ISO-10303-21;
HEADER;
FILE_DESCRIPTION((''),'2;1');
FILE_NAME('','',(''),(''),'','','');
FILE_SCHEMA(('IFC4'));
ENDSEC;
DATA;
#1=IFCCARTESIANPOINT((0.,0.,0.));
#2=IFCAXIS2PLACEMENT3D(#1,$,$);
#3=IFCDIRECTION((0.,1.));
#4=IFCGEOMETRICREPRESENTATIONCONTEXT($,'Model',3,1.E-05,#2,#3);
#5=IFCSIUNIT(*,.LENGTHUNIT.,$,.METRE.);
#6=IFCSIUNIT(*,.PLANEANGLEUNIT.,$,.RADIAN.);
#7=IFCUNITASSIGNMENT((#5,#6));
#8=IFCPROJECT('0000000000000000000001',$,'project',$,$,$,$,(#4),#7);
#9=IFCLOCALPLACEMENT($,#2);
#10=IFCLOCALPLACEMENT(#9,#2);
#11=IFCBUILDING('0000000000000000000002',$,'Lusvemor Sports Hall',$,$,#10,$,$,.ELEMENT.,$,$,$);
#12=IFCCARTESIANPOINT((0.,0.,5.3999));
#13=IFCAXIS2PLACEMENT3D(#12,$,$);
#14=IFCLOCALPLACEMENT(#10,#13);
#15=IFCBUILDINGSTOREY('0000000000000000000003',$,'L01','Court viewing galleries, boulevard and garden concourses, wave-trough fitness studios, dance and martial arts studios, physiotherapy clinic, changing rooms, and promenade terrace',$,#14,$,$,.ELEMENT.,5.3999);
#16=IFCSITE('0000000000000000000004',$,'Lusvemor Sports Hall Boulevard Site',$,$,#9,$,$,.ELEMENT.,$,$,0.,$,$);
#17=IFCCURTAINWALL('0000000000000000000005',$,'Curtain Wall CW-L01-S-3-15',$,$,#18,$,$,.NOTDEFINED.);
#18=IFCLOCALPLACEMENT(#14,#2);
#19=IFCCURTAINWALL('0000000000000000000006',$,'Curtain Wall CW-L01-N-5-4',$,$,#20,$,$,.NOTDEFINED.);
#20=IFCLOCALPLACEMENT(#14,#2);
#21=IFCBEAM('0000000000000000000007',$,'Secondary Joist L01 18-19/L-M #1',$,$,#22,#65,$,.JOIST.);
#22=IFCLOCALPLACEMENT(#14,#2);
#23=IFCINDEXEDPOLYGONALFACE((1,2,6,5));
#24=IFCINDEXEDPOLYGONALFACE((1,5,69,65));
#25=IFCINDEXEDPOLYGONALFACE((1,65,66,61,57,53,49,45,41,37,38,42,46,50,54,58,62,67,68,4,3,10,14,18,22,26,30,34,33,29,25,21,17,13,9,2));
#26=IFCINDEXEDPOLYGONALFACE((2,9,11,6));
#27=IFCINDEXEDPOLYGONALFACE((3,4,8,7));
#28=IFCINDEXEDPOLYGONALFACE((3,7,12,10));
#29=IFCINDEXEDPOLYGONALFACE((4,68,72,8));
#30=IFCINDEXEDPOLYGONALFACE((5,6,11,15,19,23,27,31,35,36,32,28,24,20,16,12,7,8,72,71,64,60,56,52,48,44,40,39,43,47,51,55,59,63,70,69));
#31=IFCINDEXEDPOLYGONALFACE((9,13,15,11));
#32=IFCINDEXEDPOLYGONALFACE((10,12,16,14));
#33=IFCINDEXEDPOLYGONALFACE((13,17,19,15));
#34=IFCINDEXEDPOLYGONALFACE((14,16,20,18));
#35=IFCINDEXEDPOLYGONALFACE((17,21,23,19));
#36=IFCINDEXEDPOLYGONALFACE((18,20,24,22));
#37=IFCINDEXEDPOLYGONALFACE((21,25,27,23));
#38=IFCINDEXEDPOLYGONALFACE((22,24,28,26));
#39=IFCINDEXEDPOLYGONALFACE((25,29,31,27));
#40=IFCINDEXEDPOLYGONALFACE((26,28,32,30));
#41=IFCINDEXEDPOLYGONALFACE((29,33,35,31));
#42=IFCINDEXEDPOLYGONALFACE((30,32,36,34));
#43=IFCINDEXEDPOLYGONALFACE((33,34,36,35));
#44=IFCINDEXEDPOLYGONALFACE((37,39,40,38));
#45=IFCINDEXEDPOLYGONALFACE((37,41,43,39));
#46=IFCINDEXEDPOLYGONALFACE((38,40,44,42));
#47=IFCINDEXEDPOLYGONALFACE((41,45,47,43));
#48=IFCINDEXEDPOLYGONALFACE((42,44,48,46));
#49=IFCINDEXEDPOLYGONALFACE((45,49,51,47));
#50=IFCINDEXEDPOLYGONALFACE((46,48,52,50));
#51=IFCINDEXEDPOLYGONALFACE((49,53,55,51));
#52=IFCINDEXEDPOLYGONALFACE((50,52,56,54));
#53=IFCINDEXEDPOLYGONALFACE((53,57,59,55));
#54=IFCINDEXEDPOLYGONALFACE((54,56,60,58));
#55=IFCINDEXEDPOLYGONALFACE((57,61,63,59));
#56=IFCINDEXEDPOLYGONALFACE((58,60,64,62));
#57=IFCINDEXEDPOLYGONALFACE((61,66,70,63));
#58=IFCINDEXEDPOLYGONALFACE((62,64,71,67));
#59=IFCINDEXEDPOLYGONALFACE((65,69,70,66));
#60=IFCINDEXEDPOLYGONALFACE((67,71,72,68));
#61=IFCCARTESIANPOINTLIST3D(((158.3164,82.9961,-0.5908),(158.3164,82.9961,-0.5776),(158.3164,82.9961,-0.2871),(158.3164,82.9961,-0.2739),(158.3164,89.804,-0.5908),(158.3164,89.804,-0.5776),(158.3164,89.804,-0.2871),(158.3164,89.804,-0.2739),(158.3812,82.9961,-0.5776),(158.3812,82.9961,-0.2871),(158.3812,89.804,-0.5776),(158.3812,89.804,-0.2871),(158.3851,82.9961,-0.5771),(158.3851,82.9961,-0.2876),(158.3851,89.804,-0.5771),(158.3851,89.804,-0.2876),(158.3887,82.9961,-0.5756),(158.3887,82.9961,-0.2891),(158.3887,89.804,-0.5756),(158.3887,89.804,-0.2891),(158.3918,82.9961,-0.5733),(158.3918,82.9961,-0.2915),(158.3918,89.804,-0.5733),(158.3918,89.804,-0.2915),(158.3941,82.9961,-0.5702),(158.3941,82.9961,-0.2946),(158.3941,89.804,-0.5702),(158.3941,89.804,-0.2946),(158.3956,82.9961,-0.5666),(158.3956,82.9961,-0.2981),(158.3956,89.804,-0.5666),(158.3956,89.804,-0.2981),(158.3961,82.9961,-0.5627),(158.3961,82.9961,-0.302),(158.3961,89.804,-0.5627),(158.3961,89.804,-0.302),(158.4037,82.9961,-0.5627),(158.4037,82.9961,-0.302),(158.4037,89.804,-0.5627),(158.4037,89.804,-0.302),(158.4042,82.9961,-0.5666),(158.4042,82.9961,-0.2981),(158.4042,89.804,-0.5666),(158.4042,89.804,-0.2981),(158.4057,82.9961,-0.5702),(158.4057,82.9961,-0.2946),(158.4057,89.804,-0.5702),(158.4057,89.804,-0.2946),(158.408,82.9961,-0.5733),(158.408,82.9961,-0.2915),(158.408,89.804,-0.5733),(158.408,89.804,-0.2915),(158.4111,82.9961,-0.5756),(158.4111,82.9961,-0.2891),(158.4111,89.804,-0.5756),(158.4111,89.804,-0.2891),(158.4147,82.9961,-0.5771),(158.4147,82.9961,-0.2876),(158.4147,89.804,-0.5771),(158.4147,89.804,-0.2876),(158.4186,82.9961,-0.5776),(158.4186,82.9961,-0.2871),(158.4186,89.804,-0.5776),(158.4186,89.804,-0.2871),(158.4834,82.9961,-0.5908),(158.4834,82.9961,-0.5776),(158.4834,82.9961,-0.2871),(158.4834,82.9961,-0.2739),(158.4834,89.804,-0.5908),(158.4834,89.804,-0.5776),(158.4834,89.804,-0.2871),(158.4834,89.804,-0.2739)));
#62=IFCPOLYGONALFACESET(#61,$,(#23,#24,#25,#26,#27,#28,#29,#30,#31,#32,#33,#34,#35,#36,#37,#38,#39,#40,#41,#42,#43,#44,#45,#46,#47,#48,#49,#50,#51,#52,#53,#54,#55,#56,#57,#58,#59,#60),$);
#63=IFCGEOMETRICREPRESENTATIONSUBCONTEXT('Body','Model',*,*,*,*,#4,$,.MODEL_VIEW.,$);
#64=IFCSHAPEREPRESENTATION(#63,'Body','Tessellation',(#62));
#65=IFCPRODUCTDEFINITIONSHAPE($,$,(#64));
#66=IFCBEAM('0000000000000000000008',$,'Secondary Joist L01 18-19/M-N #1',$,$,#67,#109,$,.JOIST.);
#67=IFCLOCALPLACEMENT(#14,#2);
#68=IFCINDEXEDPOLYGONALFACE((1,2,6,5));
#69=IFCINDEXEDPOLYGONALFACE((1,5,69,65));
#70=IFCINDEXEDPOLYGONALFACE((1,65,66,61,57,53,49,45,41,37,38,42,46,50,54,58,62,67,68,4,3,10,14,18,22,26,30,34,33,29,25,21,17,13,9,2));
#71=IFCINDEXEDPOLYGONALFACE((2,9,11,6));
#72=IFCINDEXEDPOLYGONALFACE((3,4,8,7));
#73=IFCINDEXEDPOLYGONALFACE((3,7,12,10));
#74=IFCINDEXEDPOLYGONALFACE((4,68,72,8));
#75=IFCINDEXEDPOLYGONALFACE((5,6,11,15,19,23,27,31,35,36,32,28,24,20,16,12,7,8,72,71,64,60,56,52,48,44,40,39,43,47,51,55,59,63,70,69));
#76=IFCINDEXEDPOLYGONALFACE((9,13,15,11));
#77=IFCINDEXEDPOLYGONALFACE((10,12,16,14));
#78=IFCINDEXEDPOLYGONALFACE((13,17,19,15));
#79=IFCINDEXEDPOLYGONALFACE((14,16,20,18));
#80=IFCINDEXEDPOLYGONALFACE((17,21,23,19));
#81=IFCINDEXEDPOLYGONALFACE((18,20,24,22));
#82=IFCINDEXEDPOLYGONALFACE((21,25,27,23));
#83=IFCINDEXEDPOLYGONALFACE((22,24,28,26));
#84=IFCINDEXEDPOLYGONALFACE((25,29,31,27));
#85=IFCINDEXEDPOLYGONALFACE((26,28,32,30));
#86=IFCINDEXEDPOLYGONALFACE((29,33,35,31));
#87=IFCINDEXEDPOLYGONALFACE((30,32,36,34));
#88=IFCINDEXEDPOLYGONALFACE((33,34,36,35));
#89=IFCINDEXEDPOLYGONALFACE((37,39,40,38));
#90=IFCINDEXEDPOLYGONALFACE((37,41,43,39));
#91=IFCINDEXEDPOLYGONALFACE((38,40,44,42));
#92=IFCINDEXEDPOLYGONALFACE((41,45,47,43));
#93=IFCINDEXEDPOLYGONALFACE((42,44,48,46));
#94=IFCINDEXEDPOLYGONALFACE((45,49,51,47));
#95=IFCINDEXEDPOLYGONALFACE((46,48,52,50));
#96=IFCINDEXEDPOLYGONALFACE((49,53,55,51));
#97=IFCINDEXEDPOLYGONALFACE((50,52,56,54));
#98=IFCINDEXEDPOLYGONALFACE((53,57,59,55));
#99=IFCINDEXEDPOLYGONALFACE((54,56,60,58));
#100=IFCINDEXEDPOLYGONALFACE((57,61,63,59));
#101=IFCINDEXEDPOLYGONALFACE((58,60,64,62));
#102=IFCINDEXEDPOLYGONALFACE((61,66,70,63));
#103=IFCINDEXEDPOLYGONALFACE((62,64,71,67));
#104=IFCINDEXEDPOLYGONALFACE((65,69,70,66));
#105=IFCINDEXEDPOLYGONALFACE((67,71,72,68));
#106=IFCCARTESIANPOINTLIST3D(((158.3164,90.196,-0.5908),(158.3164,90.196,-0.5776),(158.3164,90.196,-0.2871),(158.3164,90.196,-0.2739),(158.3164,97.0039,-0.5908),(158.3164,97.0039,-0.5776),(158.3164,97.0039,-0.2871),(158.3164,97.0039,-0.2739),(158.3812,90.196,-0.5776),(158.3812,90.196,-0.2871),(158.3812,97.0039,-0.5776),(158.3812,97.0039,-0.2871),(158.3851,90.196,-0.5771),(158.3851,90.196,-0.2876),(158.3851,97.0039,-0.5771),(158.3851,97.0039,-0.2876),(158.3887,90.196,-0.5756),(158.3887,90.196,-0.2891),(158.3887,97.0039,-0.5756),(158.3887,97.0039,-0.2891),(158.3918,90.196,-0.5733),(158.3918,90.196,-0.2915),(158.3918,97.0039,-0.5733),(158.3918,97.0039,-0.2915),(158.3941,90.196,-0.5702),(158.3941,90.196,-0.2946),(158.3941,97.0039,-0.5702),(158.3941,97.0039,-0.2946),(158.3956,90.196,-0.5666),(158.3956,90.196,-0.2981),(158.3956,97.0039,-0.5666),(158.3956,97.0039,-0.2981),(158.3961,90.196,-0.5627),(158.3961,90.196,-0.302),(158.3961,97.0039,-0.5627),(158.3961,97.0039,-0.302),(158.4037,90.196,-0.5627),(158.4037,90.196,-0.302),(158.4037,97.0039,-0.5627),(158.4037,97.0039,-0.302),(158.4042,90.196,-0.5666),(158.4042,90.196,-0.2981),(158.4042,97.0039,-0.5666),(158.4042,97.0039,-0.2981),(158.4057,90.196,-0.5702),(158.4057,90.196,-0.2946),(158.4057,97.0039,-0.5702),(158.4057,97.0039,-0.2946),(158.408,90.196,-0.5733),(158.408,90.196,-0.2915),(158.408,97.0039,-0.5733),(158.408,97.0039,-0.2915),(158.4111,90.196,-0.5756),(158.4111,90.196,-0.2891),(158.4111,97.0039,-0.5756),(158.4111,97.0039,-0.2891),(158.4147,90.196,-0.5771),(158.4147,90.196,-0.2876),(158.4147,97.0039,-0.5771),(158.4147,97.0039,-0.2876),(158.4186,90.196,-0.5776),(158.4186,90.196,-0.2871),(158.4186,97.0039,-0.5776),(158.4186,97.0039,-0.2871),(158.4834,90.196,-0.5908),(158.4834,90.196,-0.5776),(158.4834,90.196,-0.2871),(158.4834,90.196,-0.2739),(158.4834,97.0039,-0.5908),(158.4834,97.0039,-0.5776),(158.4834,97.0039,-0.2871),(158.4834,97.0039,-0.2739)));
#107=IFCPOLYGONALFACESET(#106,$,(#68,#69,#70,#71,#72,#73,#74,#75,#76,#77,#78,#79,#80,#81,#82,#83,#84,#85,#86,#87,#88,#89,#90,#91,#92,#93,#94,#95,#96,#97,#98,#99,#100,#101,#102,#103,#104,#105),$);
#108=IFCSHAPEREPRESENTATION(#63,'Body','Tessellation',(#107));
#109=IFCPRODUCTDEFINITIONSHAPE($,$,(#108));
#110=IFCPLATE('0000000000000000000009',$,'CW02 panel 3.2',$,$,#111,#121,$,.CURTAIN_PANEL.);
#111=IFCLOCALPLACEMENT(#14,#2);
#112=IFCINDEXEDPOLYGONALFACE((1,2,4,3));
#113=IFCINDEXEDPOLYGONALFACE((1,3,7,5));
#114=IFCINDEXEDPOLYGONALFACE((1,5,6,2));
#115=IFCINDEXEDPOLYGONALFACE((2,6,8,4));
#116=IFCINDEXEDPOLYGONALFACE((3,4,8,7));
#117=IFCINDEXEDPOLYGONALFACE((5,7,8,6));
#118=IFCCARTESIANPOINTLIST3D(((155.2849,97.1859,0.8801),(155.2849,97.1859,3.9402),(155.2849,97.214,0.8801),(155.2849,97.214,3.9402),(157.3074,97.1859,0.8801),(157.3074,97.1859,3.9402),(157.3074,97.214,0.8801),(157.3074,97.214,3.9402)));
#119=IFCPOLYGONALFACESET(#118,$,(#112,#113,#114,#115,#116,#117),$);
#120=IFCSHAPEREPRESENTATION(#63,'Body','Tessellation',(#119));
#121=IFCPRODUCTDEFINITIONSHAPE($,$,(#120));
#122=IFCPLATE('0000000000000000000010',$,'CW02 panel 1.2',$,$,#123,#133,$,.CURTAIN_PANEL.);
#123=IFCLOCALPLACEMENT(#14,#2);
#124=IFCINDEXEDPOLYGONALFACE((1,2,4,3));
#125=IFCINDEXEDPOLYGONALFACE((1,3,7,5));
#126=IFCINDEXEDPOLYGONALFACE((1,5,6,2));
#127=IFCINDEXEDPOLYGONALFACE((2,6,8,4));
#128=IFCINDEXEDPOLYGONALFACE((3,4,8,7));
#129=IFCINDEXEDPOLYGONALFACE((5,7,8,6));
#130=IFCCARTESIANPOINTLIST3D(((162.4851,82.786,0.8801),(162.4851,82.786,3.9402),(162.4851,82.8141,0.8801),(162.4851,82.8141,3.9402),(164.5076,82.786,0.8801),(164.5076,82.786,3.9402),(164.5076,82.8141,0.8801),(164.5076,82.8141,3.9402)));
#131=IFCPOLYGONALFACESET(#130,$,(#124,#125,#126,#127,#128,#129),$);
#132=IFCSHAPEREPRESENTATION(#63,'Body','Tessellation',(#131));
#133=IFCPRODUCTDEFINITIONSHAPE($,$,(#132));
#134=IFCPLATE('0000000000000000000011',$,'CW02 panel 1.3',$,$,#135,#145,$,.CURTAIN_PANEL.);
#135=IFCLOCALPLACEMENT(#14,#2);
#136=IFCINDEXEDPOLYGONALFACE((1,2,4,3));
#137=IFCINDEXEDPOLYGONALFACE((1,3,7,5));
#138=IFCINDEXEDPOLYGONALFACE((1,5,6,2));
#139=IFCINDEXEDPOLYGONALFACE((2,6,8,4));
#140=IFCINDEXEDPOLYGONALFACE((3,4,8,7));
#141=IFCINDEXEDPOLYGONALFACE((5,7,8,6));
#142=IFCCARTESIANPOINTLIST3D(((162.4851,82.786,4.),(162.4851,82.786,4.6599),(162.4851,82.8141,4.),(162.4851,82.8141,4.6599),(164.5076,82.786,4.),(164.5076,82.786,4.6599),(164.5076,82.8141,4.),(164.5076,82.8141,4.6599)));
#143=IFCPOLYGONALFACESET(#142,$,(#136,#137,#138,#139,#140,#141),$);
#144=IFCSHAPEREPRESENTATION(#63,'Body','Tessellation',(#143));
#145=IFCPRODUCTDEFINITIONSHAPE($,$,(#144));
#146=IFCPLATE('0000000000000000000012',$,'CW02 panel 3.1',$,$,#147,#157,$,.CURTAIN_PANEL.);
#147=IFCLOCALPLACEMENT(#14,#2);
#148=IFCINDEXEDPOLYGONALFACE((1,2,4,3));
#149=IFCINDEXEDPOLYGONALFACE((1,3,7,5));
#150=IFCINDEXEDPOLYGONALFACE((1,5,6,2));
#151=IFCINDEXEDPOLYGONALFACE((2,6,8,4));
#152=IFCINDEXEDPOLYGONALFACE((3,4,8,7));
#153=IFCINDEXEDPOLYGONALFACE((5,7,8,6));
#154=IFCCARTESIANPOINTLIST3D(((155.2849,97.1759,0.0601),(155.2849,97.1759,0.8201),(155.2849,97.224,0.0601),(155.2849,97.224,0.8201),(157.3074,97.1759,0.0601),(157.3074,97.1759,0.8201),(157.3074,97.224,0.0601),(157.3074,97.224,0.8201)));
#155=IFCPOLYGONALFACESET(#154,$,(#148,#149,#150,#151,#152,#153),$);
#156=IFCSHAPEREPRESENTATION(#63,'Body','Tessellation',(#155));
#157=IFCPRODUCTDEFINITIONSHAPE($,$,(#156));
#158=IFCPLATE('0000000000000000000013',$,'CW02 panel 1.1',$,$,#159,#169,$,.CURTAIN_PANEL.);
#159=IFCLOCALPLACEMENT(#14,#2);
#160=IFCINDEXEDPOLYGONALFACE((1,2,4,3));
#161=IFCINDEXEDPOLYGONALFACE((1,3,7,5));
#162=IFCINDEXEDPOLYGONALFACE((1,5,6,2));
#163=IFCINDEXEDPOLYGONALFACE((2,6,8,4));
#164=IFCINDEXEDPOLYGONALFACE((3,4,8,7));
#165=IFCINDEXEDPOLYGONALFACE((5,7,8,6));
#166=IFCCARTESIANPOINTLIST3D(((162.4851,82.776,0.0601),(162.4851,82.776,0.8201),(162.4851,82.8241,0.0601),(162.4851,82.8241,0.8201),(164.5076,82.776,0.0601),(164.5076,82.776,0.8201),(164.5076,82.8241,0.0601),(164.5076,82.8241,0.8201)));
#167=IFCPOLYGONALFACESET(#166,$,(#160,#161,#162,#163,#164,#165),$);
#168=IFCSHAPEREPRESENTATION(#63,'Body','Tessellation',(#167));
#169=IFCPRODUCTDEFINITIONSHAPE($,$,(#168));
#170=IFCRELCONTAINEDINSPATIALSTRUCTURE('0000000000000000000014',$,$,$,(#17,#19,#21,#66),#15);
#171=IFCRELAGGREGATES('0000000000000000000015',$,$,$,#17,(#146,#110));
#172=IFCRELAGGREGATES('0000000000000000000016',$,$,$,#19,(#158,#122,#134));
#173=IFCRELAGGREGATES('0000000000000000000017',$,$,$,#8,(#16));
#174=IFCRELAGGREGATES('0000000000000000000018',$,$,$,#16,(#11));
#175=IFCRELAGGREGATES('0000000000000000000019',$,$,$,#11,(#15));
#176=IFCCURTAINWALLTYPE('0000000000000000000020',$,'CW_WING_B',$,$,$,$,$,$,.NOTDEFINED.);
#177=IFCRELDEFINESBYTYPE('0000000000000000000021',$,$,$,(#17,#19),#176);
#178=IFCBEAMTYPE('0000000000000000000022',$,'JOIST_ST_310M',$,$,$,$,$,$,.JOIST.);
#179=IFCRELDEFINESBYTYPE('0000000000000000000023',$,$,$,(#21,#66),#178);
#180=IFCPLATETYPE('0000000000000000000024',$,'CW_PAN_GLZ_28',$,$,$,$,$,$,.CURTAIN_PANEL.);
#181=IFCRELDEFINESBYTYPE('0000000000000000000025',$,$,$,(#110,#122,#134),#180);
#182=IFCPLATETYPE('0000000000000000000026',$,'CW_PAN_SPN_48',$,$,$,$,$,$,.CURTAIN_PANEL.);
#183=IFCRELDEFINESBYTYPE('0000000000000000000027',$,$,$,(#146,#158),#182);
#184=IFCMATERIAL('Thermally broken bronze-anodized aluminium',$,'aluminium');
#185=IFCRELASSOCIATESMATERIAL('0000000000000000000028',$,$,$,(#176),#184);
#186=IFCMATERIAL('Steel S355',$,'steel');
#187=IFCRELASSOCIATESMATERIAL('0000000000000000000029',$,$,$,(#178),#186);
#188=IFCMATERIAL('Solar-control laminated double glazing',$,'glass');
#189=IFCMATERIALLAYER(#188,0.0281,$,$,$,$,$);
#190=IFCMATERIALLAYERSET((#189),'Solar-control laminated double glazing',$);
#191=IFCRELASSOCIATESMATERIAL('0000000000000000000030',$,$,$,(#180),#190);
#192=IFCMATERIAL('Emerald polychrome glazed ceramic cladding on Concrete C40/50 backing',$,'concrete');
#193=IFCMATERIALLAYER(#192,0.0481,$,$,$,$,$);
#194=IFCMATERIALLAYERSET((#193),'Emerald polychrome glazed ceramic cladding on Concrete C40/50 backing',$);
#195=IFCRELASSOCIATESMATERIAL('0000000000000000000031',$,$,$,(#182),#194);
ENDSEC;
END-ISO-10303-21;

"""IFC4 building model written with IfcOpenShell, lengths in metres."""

from ifc_helpers import new_model, si_unit, direction, frame, origin, origin_2d, place, context, subcontext, project, spatial, rectangle, i_section, extrude, material, layer, layer_set, material_profile, profile_set, type_object, element, aggregate, save


model = new_model("IFC4")

# Units and contexts
model_context = context("Model", 3, precision=1e-05, world=origin(), true_north=direction((0.0, 1.0)))
body_context = subcontext(model_context, "Body", "Model", "MODEL_VIEW")
ifc_project = project(units=[si_unit("LENGTHUNIT", "METRE"), si_unit("PLANEANGLEUNIT", "RADIAN")], contexts=[model_context])

# Site, building, storey
site_placement = place(None, origin())
site = spatial("IfcSite", under=ifc_project, at=site_placement, Name="Lusvemor Sports Hall Boulevard Site", CompositionType="ELEMENT", RefElevation=0.0)
building_placement = place(site_placement, origin())
building = spatial("IfcBuilding", under=site, at=building_placement, Name="Lusvemor Sports Hall", CompositionType="ELEMENT")
storey_placement = place(building_placement, frame((0.0, 0.0, 5.3999)))
storey = spatial("IfcBuildingStorey", under=building, at=storey_placement, Name="L01", Description="Court viewing galleries, boulevard and garden concourses, wave-trough fitness studios, dance and martial arts studios, physiotherapy clinic, changing rooms, and promenade terrace", CompositionType="ELEMENT", Elevation=5.3999)

# Curtain walls
ifc_material_1 = material(Name="Thermally broken bronze-anodized aluminium", Category="aluminium")
curtain_wall_type = type_object("IfcCurtainWallType", Name="CW_WING_B", PredefinedType="NOTDEFINED", material=ifc_material_1)
curtain_wall_1_placement = place(storey_placement, origin())
curtain_wall_1 = element("IfcCurtainWall", 1, at=curtain_wall_1_placement, inside=storey, type_object=curtain_wall_type, Name="Curtain Wall CW-L01-S-3-15", PredefinedType="NOTDEFINED")
curtain_wall_2_placement = place(storey_placement, origin())
curtain_wall_2 = element("IfcCurtainWall", 2, at=curtain_wall_2_placement, inside=storey, type_object=curtain_wall_type, Name="Curtain Wall CW-L01-N-5-4", PredefinedType="NOTDEFINED")

# Beams
ifc_material_2 = material(Name="Steel S355", Category="steel")
ifc_material_profile_1 = material_profile(ifc_material_2, i_section(OverallWidth=0.167, OverallDepth=0.3169, WebThickness=0.0076, FlangeThickness=0.0132, FilletRadius=0.0149, at=origin_2d()), Name="W310x52.0")
ifc_profile_set_1 = profile_set([ifc_material_profile_1], Name="Steel S355")
beam_type_1 = type_object("IfcBeamType", Name="JOIST_ST_310M", PredefinedType="JOIST", material=ifc_profile_set_1)
for number, where, z_axis, x_axis, name in (
    (3, (158.3999, 82.9961, -0.4324), (0.0, 1.0, 0.0), (-1.0, 0.0, 0.0), "Secondary Joist L01 18-19/L-M #1"),
    (4, (158.3999, 90.196, -0.4324), (0.0, 1.0, 0.0), (-1.0, 0.0, 0.0), "Secondary Joist L01 18-19/M-N #1"),
):
    element("IfcBeam", number, at=place(storey_placement, frame(where, z_axis=z_axis, x_axis=x_axis)), inside=storey, type_object=beam_type_1, Name=name, PredefinedType="JOIST", context=body_context, shape_type="SweptSolid", body=[
        extrude(i_section(OverallWidth=0.167, OverallDepth=0.3169, WebThickness=0.0076, FlangeThickness=0.0132, FilletRadius=0.0149, at=origin_2d()), origin(), (0.0, 0.0, 1.0), 6.8079),
    ])

# Plates
ifc_material_3 = material(Name="Solar-control laminated double glazing", Category="glass")
ifc_layer_1 = layer(ifc_material_3, 0.0281)
ifc_layer_set_1 = layer_set([ifc_layer_1], Name="Solar-control laminated double glazing")
plate_type_1 = type_object("IfcPlateType", Name="CW_PAN_GLZ_28", PredefinedType="CURTAIN_PANEL", material=ifc_layer_set_1)
plate_1_placement = place(storey_placement, frame((156.2961, 97.2, 0.8801), z_axis=(0.0, 0.0, 1.0), x_axis=(-1.0, 0.0, 0.0)))
plate_1 = element("IfcPlate", 5, at=plate_1_placement, type_object=plate_type_1, Name="CW02 panel 3.2", PredefinedType="CURTAIN_PANEL", context=body_context, shape_type="SweptSolid", body=[
    extrude(rectangle(XDim=2.0225, YDim=0.0281, at=origin_2d()), origin(), (0.0, 0.0, 1.0), 3.0601),
])
plate_2_placement = place(storey_placement, frame((163.4963, 82.8, 0.8801), z_axis=(0.0, 0.0, 1.0), x_axis=(1.0, 0.0, 0.0)))
plate_2 = element("IfcPlate", 6, at=plate_2_placement, type_object=plate_type_1, Name="CW02 panel 1.2", PredefinedType="CURTAIN_PANEL", context=body_context, shape_type="SweptSolid", body=[
    extrude(rectangle(XDim=2.0225, YDim=0.0281, at=origin_2d()), origin(), (0.0, 0.0, 1.0), 3.0601),
])
plate_3_placement = place(storey_placement, frame((163.4963, 82.8, 4.0), z_axis=(0.0, 0.0, 1.0), x_axis=(1.0, 0.0, 0.0)))
plate_3 = element("IfcPlate", 7, at=plate_3_placement, type_object=plate_type_1, Name="CW02 panel 1.3", PredefinedType="CURTAIN_PANEL", context=body_context, shape_type="SweptSolid", body=[
    extrude(rectangle(XDim=2.0225, YDim=0.0281, at=origin_2d()), origin(), (0.0, 0.0, 1.0), 0.6599),
])
ifc_material_4 = material(Name="Emerald polychrome glazed ceramic cladding on Concrete C40/50 backing", Category="concrete")
ifc_layer_2 = layer(ifc_material_4, 0.0481)
ifc_layer_set_2 = layer_set([ifc_layer_2], Name="Emerald polychrome glazed ceramic cladding on Concrete C40/50 backing")
plate_type_2 = type_object("IfcPlateType", Name="CW_PAN_SPN_48", PredefinedType="CURTAIN_PANEL", material=ifc_layer_set_2)
plate_4_placement = place(storey_placement, frame((156.2961, 97.2, 0.0601), z_axis=(0.0, 0.0, 1.0), x_axis=(-1.0, 0.0, 0.0)))
plate_4 = element("IfcPlate", 8, at=plate_4_placement, type_object=plate_type_2, Name="CW02 panel 3.1", PredefinedType="CURTAIN_PANEL", context=body_context, shape_type="SweptSolid", body=[
    extrude(rectangle(XDim=2.0225, YDim=0.0481, at=origin_2d()), origin(), (0.0, 0.0, 1.0), 0.76),
])
aggregate(curtain_wall_1, [plate_4, plate_1])
plate_5_placement = place(storey_placement, frame((163.4963, 82.8, 0.0601), z_axis=(0.0, 0.0, 1.0), x_axis=(1.0, 0.0, 0.0)))
plate_5 = element("IfcPlate", 9, at=plate_5_placement, type_object=plate_type_2, Name="CW02 panel 1.1", PredefinedType="CURTAIN_PANEL", context=body_context, shape_type="SweptSolid", body=[
    extrude(rectangle(XDim=2.0225, YDim=0.0481, at=origin_2d()), origin(), (0.0, 0.0, 1.0), 0.76),
])
aggregate(curtain_wall_2, [plate_5, plate_2, plate_3])

save(model, "model.ifc")
